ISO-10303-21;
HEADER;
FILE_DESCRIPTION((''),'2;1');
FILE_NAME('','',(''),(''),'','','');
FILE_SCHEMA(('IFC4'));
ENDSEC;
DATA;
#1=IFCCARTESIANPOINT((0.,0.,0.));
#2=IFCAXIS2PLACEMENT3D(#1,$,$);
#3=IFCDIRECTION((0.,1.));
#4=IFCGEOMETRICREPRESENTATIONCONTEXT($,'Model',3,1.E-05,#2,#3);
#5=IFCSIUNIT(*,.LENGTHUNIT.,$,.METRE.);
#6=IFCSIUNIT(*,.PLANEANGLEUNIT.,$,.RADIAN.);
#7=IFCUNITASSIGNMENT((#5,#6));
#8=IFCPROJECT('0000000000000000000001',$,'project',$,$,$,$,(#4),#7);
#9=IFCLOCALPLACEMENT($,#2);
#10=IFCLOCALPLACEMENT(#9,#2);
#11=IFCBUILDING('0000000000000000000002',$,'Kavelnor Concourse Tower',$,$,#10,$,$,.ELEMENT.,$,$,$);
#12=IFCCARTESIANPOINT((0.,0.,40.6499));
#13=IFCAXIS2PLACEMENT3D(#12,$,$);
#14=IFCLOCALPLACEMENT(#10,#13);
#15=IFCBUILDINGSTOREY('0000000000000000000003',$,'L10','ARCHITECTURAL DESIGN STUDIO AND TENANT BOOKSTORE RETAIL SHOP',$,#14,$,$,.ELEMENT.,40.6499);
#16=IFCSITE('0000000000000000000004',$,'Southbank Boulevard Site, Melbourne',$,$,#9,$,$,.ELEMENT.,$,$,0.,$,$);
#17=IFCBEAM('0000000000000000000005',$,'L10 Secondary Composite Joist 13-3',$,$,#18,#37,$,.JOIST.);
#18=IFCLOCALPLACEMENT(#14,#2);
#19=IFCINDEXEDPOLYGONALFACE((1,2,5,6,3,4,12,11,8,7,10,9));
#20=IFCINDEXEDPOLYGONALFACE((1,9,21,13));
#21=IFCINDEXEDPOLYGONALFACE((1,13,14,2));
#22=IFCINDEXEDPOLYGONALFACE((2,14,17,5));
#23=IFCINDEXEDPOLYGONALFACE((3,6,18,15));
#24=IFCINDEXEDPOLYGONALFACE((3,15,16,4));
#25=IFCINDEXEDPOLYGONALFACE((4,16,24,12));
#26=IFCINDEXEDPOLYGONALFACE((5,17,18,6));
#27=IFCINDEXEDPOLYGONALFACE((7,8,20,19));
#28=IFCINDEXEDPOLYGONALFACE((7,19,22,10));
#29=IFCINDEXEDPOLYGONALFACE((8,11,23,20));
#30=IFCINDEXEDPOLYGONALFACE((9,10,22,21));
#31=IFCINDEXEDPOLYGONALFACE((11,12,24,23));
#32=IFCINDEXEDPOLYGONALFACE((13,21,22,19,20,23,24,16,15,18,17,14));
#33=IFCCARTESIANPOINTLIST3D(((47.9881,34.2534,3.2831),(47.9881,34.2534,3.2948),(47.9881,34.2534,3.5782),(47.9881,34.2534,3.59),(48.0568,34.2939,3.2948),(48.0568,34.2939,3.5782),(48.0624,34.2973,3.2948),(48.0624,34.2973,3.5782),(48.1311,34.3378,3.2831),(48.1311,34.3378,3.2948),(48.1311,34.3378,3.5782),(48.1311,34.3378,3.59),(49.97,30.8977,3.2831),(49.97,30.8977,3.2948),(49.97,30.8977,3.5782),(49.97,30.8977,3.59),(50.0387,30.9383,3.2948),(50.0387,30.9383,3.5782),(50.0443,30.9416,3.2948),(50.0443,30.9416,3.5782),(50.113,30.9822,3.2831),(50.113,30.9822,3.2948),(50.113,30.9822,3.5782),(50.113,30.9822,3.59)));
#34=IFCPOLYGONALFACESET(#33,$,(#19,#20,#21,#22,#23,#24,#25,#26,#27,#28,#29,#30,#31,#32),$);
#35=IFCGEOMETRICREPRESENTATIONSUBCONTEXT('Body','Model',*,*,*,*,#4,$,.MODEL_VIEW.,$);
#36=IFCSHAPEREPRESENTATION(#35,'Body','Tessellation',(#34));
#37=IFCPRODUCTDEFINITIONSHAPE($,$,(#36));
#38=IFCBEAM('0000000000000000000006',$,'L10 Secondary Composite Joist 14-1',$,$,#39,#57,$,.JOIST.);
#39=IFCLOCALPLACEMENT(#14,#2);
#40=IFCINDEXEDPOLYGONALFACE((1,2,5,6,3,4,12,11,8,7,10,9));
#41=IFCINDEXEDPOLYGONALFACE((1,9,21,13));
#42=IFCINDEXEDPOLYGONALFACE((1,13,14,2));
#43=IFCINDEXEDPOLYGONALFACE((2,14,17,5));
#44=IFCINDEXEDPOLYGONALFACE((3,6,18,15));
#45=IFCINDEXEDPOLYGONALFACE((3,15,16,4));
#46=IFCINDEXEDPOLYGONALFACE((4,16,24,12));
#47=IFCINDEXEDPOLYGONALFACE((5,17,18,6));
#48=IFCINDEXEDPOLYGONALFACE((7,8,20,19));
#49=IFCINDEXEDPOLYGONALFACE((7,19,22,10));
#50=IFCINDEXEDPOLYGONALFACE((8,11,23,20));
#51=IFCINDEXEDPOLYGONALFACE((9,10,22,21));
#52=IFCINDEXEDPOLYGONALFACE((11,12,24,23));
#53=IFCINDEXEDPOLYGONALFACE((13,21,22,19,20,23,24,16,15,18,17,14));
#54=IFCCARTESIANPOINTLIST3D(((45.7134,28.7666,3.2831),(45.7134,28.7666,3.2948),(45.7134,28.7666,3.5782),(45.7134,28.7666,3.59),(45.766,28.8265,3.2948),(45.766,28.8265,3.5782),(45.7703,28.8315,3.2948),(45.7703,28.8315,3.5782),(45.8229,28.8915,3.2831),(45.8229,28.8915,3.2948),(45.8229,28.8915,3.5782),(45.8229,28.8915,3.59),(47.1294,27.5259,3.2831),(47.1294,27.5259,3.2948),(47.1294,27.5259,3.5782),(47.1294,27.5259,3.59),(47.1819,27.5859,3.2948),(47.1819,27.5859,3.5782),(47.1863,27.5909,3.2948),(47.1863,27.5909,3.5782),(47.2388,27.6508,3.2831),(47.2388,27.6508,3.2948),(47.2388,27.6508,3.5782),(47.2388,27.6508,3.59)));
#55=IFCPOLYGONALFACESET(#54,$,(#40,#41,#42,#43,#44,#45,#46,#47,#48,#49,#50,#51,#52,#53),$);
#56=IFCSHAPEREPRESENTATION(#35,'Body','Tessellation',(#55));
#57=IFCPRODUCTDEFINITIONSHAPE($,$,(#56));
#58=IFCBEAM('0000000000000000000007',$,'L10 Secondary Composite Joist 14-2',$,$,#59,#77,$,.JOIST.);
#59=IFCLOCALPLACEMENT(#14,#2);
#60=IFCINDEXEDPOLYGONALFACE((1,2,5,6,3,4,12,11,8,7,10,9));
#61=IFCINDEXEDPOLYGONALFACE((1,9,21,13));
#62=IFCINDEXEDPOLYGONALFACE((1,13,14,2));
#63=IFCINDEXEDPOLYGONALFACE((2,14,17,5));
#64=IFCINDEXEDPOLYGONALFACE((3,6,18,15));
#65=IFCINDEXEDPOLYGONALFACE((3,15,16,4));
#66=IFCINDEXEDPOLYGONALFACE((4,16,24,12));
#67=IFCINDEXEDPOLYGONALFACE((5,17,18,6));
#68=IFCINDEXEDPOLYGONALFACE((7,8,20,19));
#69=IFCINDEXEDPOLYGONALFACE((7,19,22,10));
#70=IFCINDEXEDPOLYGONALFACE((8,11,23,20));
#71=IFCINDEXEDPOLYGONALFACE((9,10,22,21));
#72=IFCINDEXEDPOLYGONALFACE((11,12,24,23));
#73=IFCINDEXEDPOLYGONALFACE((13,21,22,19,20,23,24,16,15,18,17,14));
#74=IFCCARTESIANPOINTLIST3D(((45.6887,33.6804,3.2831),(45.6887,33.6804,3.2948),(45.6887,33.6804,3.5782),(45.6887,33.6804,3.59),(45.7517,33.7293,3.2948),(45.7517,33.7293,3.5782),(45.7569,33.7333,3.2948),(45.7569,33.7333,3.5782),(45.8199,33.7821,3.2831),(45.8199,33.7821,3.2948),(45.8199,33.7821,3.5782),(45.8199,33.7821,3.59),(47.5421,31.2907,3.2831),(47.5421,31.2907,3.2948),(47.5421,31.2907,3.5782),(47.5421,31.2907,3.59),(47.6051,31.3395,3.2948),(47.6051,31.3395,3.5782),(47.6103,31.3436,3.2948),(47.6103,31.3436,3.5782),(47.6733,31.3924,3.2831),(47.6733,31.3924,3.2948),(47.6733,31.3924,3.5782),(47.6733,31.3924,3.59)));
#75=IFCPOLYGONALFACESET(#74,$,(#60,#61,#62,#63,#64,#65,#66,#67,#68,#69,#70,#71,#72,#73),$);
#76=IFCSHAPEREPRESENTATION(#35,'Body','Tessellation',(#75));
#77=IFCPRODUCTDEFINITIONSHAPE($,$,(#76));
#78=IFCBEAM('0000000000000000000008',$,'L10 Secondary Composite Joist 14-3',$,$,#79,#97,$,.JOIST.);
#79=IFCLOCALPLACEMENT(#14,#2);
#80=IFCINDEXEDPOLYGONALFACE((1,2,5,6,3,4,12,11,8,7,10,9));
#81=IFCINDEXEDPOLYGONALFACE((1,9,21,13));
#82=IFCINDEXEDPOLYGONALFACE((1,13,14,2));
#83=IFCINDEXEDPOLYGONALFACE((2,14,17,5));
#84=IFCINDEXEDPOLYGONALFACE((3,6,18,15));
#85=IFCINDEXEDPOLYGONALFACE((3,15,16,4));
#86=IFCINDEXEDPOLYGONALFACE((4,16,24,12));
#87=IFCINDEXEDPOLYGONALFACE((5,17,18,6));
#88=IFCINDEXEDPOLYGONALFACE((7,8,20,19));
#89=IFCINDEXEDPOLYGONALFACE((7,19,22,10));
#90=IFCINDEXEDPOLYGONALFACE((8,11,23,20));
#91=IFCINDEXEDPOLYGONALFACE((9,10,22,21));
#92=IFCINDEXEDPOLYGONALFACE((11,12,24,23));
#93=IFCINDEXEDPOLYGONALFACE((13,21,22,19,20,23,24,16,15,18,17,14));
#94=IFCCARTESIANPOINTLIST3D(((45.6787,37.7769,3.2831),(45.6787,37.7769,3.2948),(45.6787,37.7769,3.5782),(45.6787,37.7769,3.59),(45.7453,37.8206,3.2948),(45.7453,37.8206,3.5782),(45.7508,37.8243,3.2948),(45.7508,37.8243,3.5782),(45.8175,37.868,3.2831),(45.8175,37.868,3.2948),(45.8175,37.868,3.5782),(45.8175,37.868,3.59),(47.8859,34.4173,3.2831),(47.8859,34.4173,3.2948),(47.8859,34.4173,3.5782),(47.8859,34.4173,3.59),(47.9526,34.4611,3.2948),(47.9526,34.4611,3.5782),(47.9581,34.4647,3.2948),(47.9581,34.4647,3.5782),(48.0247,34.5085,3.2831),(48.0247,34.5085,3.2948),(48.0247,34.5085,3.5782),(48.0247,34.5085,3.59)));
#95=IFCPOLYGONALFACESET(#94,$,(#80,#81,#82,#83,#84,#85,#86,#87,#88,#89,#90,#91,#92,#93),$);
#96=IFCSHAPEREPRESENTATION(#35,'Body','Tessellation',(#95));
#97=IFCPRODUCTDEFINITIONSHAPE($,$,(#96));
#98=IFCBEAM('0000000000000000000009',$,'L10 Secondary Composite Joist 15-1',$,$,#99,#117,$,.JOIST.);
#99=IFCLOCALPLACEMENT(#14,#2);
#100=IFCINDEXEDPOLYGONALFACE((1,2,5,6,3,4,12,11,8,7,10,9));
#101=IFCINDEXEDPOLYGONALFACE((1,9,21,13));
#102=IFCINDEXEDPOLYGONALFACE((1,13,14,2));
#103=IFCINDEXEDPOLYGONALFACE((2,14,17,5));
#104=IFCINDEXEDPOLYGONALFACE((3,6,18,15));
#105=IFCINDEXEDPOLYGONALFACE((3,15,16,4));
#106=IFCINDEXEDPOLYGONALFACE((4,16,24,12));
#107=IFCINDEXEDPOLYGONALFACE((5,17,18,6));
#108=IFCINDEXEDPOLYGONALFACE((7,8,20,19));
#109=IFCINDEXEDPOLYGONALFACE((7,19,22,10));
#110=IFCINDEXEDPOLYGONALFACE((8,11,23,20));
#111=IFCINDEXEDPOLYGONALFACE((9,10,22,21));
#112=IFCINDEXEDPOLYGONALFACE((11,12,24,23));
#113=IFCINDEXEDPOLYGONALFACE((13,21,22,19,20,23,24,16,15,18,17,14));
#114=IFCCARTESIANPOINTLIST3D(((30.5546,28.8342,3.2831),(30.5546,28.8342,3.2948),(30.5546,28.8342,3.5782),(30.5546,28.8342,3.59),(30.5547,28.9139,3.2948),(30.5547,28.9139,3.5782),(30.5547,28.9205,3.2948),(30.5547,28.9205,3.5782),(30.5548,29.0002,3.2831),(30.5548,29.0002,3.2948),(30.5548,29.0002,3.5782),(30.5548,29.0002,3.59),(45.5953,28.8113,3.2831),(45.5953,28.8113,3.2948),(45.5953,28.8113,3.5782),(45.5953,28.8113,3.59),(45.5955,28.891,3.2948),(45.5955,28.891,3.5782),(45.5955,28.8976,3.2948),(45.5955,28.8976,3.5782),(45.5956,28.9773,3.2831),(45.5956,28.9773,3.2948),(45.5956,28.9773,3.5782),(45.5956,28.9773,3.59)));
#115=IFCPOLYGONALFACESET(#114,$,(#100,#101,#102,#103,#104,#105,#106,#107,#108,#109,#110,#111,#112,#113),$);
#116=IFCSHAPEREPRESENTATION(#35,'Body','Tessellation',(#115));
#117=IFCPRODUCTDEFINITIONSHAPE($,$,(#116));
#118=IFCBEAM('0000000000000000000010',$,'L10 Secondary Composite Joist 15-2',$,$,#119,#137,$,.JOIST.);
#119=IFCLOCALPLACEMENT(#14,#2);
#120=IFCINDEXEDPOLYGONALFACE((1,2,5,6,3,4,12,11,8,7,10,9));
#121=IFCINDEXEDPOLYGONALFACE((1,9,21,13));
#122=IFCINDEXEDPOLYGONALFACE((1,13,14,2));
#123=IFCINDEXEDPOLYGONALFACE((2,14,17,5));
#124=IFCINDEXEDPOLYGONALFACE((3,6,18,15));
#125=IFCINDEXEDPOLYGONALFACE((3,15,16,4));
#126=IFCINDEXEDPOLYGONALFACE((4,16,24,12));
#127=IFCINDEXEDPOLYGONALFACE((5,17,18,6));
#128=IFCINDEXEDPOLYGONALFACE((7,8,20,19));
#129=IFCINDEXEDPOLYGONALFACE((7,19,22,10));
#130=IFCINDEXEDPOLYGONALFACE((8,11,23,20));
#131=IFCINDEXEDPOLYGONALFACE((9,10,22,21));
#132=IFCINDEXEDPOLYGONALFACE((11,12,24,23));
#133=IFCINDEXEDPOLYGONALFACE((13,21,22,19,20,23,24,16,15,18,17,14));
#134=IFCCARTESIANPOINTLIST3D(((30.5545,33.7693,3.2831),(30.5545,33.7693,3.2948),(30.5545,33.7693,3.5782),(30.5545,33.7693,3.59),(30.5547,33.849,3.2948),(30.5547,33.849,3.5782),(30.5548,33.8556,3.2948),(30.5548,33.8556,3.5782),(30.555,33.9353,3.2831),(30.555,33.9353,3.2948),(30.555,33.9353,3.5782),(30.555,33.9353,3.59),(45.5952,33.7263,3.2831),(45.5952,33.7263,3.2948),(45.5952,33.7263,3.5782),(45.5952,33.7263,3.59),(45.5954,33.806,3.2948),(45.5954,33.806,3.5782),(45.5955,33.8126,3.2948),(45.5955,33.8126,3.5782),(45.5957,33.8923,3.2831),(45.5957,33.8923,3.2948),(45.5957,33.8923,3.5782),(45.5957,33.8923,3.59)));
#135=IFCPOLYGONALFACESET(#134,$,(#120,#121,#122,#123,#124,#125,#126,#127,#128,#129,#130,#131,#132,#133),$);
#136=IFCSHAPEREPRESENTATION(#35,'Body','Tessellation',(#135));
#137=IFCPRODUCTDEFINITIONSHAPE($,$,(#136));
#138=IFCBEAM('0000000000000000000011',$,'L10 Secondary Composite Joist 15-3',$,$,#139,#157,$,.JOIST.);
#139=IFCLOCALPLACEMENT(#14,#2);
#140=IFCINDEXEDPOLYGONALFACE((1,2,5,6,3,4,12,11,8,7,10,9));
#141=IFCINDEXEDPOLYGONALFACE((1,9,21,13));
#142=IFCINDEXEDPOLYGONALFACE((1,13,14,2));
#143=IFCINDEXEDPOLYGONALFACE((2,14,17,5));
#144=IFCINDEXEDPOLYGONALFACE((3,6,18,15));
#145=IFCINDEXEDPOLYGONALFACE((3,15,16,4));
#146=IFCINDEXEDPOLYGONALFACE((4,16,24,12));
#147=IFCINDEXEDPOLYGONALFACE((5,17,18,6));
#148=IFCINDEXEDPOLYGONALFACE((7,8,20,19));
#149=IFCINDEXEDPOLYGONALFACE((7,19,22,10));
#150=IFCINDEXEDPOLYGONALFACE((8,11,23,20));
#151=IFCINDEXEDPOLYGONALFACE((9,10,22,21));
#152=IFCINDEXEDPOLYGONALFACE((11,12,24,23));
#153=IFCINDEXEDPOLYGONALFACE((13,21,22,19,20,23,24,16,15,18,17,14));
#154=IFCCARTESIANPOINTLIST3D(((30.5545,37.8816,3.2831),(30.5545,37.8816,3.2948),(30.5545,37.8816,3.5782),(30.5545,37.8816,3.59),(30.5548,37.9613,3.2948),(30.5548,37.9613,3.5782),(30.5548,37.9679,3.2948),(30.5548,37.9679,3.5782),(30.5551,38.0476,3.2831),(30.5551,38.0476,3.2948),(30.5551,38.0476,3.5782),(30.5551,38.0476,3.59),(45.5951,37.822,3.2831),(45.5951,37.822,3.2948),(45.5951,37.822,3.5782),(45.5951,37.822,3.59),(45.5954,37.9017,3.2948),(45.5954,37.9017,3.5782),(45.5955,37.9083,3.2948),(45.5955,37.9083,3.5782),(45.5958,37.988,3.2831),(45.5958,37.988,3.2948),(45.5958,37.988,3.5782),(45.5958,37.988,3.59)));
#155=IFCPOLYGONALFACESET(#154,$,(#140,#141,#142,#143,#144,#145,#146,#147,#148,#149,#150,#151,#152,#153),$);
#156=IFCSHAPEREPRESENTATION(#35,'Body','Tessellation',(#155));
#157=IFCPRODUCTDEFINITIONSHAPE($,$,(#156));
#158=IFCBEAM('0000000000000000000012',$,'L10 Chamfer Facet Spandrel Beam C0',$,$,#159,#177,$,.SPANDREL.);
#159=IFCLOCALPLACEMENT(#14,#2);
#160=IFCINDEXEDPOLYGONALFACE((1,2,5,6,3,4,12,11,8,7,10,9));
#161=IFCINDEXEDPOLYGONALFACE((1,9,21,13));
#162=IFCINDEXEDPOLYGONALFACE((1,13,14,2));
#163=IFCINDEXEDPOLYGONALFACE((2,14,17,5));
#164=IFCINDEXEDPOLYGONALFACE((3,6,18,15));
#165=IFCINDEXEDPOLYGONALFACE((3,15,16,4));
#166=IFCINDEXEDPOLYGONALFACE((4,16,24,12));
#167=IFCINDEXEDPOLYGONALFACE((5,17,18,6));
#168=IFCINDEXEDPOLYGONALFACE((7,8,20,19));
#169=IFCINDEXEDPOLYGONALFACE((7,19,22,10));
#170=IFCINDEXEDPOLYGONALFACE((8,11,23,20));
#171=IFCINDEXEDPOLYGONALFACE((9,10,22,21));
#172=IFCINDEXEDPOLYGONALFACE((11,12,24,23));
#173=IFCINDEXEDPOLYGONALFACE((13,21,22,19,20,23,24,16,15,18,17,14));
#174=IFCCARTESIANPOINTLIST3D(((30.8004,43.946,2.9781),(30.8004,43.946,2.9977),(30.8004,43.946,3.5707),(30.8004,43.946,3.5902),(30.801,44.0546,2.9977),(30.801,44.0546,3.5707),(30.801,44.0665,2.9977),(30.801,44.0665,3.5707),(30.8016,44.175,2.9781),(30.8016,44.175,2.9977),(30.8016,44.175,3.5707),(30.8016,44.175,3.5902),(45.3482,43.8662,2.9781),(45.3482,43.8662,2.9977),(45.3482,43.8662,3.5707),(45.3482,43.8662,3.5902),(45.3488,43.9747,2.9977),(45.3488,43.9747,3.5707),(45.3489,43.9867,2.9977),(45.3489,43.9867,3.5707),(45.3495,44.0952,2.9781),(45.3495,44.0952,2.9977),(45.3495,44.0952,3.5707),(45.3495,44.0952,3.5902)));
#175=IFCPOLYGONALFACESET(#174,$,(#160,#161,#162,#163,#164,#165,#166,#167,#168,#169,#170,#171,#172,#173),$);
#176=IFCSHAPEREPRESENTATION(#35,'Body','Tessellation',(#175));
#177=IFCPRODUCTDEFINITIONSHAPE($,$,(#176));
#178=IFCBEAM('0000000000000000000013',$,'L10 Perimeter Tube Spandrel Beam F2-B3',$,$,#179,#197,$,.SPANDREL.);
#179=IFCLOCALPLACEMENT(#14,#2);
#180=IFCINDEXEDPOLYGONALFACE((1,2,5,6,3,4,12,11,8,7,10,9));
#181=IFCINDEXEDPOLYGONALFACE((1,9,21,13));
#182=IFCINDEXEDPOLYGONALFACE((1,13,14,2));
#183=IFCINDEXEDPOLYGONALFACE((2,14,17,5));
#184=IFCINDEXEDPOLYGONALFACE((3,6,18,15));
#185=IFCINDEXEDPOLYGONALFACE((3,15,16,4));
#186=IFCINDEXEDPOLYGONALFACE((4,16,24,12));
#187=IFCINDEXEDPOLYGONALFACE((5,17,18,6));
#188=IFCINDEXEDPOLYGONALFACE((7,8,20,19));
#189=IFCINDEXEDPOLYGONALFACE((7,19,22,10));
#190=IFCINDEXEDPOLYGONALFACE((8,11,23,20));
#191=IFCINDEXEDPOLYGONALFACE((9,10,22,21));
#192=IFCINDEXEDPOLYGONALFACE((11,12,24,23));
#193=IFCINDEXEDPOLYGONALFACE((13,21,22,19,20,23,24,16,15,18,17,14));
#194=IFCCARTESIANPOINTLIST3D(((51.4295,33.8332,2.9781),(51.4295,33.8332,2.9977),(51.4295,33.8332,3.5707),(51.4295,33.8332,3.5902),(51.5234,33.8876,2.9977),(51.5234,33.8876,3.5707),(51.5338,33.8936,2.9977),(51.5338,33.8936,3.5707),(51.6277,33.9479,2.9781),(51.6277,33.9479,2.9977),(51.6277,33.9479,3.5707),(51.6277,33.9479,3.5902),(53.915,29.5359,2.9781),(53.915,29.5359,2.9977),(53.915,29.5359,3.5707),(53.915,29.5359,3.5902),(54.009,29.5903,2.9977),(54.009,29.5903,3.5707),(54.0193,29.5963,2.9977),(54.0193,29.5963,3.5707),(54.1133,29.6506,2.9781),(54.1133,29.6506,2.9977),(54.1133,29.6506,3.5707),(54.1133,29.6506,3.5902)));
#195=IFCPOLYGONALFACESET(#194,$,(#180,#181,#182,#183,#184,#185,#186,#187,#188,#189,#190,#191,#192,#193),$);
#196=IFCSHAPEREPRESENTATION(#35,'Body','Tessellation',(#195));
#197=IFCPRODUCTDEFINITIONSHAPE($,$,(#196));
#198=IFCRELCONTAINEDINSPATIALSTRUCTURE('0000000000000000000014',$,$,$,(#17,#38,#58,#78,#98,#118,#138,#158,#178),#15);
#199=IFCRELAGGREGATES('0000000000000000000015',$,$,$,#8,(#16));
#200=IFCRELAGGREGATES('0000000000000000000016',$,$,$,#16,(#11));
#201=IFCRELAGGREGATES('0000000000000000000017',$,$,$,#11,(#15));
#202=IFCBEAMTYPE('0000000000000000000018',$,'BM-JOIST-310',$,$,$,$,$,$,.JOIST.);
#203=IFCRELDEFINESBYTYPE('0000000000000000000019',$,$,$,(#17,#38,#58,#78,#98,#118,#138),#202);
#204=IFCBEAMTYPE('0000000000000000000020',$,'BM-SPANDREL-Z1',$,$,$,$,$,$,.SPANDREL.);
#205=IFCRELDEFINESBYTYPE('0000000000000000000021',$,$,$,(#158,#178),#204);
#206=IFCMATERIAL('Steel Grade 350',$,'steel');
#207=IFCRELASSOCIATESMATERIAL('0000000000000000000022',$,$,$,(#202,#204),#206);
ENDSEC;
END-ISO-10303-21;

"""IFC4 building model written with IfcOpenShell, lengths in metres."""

from ifc_helpers import new_model, si_unit, direction, frame, origin, origin_2d, place, context, subcontext, project, spatial, i_section, extrude, material, material_profile, profile_set, type_object, element, save


model = new_model("IFC4")

# Units and contexts
model_context = context("Model", 3, precision=1e-05, world=origin(), true_north=direction((0.0, 1.0)))
body_context = subcontext(model_context, "Body", "Model", "MODEL_VIEW")
ifc_project = project(units=[si_unit("LENGTHUNIT", "METRE"), si_unit("PLANEANGLEUNIT", "RADIAN")], contexts=[model_context])

# Site, building, storey
site_placement = place(None, origin())
site = spatial("IfcSite", under=ifc_project, at=site_placement, Name="Southbank Boulevard Site, Melbourne", CompositionType="ELEMENT", RefElevation=0.0)
building_placement = place(site_placement, origin())
building = spatial("IfcBuilding", under=site, at=building_placement, Name="Kavelnor Concourse Tower", CompositionType="ELEMENT")
storey_placement = place(building_placement, frame((0.0, 0.0, 40.6499)))
storey = spatial("IfcBuildingStorey", under=building, at=storey_placement, Name="L10", Description="ARCHITECTURAL DESIGN STUDIO AND TENANT BOOKSTORE RETAIL SHOP", CompositionType="ELEMENT", Elevation=40.6499)

# Shared definitions
ifc_material_1 = material(Name="Steel Grade 350", Category="steel")

# Beams
ifc_material_profile_1 = material_profile(ifc_material_1, i_section(OverallWidth=0.166, OverallDepth=0.3069, WebThickness=0.0066, FlangeThickness=0.0117, at=origin_2d()), Name="310UB46")
ifc_profile_set_1 = profile_set([ifc_material_profile_1], Name="Steel Grade 350")
beam_type_1 = type_object("IfcBeamType", Name="BM-JOIST-310", PredefinedType="JOIST", material=ifc_profile_set_1)
beam_1_placement = place(storey_placement, frame((50.0415, 30.9399, 3.4365), z_axis=(-0.508541, 0.861038, 0.0), x_axis=(-0.861038, -0.508541, 0.0)))
element("IfcBeam", 1, at=beam_1_placement, inside=storey, type_object=beam_type_1, Name="L10 Secondary Composite Joist 13-3", PredefinedType="JOIST", context=body_context, shape_type="SweptSolid", body=[
    extrude(i_section(OverallWidth=0.166, OverallDepth=0.3069, WebThickness=0.0066, FlangeThickness=0.0117, at=origin_2d()), origin(), (0.0, 0.0, 1.0), 3.8972),
])
beam_2_placement = place(storey_placement, frame((47.1841, 27.5884, 3.4365), z_axis=(-0.752127, 0.659019, 0.0), x_axis=(-0.659019, -0.752127, 0.0)))
element("IfcBeam", 2, at=beam_2_placement, inside=storey, type_object=beam_type_1, Name="L10 Secondary Composite Joist 14-1", PredefinedType="JOIST", context=body_context, shape_type="SweptSolid", body=[
    extrude(i_section(OverallWidth=0.166, OverallDepth=0.3069, WebThickness=0.0066, FlangeThickness=0.0117, at=origin_2d()), origin(), (0.0, 0.0, 1.0), 1.8826),
])
beam_3_placement = place(storey_placement, frame((47.6077, 31.3416, 3.4365), z_axis=(-0.612839, 0.790208, 0.0), x_axis=(-0.790208, -0.612839, 0.0)))
element("IfcBeam", 3, at=beam_3_placement, inside=storey, type_object=beam_type_1, Name="L10 Secondary Composite Joist 14-2", PredefinedType="JOIST", context=body_context, shape_type="SweptSolid", body=[
    extrude(i_section(OverallWidth=0.166, OverallDepth=0.3069, WebThickness=0.0066, FlangeThickness=0.0117, at=origin_2d()), origin(), (0.0, 0.0, 1.0), 3.0242),
])
beam_4_placement = place(storey_placement, frame((47.9553, 34.4629, 3.4365), z_axis=(-0.549095, 0.83576, 0.0), x_axis=(-0.83576, -0.549095, 0.0)))
element("IfcBeam", 4, at=beam_4_placement, inside=storey, type_object=beam_type_1, Name="L10 Secondary Composite Joist 14-3", PredefinedType="JOIST", context=body_context, shape_type="SweptSolid", body=[
    extrude(i_section(OverallWidth=0.166, OverallDepth=0.3069, WebThickness=0.0066, FlangeThickness=0.0117, at=origin_2d()), origin(), (0.0, 0.0, 1.0), 4.0198),
])
for number, where, z_axis, x_axis, name in (
    (5, (45.5955, 28.8943, 3.4365), (-0.999999, 0.001526, 0.0), (-0.001526, -0.999999, 0.0), "L10 Secondary Composite Joist 15-1"),
    (6, (45.5955, 33.8093, 3.4365), (-0.999996, 0.002857, 0.0), (-0.002857, -0.999996, 0.0), "L10 Secondary Composite Joist 15-2"),
    (7, (45.5955, 37.905, 3.4365), (-0.999992, 0.003961, 0.0), (-0.003961, -0.999992, 0.0), "L10 Secondary Composite Joist 15-3"),
):
    element("IfcBeam", number, at=place(storey_placement, frame(where, z_axis=z_axis, x_axis=x_axis)), inside=storey, type_object=beam_type_1, Name=name, PredefinedType="JOIST", context=body_context, shape_type="SweptSolid", body=[
        extrude(i_section(OverallWidth=0.166, OverallDepth=0.3069, WebThickness=0.0066, FlangeThickness=0.0117, at=origin_2d()), origin(), (0.0, 0.0, 1.0), 15.0408),
    ])
ifc_material_profile_2 = material_profile(ifc_material_1, i_section(OverallWidth=0.229, OverallDepth=0.6121, WebThickness=0.012, FlangeThickness=0.0195, at=origin_2d()), Name="610UB125")
ifc_profile_set_2 = profile_set([ifc_material_profile_2], Name="Steel Grade 350")
beam_type_2 = type_object("IfcBeamType", Name="BM-SPANDREL-Z1", PredefinedType="SPANDREL", material=ifc_profile_set_2)
beam_5_placement = place(storey_placement, frame((45.3489, 43.9807, 3.2842), z_axis=(-0.999985, 0.005488, 0.0), x_axis=(-0.005488, -0.999985, 0.0)))
element("IfcBeam", 8, at=beam_5_placement, inside=storey, type_object=beam_type_2, Name="L10 Chamfer Facet Spandrel Beam C0", PredefinedType="SPANDREL", context=body_context, shape_type="SweptSolid", body=[
    extrude(i_section(OverallWidth=0.229, OverallDepth=0.6121, WebThickness=0.012, FlangeThickness=0.0195, at=origin_2d()), origin(), (0.0, 0.0, 1.0), 14.5481),
])
beam_6_placement = place(storey_placement, frame((54.0142, 29.5933, 3.2842), z_axis=(-0.500681, 0.865632, 0.0), x_axis=(-0.865632, -0.500681, 0.0)))
element("IfcBeam", 9, at=beam_6_placement, inside=storey, type_object=beam_type_2, Name="L10 Perimeter Tube Spandrel Beam F2-B3", PredefinedType="SPANDREL", context=body_context, shape_type="SweptSolid", body=[
    extrude(i_section(OverallWidth=0.229, OverallDepth=0.6121, WebThickness=0.012, FlangeThickness=0.0195, at=origin_2d()), origin(), (0.0, 0.0, 1.0), 4.9644),
])

save(model, "model.ifc")
